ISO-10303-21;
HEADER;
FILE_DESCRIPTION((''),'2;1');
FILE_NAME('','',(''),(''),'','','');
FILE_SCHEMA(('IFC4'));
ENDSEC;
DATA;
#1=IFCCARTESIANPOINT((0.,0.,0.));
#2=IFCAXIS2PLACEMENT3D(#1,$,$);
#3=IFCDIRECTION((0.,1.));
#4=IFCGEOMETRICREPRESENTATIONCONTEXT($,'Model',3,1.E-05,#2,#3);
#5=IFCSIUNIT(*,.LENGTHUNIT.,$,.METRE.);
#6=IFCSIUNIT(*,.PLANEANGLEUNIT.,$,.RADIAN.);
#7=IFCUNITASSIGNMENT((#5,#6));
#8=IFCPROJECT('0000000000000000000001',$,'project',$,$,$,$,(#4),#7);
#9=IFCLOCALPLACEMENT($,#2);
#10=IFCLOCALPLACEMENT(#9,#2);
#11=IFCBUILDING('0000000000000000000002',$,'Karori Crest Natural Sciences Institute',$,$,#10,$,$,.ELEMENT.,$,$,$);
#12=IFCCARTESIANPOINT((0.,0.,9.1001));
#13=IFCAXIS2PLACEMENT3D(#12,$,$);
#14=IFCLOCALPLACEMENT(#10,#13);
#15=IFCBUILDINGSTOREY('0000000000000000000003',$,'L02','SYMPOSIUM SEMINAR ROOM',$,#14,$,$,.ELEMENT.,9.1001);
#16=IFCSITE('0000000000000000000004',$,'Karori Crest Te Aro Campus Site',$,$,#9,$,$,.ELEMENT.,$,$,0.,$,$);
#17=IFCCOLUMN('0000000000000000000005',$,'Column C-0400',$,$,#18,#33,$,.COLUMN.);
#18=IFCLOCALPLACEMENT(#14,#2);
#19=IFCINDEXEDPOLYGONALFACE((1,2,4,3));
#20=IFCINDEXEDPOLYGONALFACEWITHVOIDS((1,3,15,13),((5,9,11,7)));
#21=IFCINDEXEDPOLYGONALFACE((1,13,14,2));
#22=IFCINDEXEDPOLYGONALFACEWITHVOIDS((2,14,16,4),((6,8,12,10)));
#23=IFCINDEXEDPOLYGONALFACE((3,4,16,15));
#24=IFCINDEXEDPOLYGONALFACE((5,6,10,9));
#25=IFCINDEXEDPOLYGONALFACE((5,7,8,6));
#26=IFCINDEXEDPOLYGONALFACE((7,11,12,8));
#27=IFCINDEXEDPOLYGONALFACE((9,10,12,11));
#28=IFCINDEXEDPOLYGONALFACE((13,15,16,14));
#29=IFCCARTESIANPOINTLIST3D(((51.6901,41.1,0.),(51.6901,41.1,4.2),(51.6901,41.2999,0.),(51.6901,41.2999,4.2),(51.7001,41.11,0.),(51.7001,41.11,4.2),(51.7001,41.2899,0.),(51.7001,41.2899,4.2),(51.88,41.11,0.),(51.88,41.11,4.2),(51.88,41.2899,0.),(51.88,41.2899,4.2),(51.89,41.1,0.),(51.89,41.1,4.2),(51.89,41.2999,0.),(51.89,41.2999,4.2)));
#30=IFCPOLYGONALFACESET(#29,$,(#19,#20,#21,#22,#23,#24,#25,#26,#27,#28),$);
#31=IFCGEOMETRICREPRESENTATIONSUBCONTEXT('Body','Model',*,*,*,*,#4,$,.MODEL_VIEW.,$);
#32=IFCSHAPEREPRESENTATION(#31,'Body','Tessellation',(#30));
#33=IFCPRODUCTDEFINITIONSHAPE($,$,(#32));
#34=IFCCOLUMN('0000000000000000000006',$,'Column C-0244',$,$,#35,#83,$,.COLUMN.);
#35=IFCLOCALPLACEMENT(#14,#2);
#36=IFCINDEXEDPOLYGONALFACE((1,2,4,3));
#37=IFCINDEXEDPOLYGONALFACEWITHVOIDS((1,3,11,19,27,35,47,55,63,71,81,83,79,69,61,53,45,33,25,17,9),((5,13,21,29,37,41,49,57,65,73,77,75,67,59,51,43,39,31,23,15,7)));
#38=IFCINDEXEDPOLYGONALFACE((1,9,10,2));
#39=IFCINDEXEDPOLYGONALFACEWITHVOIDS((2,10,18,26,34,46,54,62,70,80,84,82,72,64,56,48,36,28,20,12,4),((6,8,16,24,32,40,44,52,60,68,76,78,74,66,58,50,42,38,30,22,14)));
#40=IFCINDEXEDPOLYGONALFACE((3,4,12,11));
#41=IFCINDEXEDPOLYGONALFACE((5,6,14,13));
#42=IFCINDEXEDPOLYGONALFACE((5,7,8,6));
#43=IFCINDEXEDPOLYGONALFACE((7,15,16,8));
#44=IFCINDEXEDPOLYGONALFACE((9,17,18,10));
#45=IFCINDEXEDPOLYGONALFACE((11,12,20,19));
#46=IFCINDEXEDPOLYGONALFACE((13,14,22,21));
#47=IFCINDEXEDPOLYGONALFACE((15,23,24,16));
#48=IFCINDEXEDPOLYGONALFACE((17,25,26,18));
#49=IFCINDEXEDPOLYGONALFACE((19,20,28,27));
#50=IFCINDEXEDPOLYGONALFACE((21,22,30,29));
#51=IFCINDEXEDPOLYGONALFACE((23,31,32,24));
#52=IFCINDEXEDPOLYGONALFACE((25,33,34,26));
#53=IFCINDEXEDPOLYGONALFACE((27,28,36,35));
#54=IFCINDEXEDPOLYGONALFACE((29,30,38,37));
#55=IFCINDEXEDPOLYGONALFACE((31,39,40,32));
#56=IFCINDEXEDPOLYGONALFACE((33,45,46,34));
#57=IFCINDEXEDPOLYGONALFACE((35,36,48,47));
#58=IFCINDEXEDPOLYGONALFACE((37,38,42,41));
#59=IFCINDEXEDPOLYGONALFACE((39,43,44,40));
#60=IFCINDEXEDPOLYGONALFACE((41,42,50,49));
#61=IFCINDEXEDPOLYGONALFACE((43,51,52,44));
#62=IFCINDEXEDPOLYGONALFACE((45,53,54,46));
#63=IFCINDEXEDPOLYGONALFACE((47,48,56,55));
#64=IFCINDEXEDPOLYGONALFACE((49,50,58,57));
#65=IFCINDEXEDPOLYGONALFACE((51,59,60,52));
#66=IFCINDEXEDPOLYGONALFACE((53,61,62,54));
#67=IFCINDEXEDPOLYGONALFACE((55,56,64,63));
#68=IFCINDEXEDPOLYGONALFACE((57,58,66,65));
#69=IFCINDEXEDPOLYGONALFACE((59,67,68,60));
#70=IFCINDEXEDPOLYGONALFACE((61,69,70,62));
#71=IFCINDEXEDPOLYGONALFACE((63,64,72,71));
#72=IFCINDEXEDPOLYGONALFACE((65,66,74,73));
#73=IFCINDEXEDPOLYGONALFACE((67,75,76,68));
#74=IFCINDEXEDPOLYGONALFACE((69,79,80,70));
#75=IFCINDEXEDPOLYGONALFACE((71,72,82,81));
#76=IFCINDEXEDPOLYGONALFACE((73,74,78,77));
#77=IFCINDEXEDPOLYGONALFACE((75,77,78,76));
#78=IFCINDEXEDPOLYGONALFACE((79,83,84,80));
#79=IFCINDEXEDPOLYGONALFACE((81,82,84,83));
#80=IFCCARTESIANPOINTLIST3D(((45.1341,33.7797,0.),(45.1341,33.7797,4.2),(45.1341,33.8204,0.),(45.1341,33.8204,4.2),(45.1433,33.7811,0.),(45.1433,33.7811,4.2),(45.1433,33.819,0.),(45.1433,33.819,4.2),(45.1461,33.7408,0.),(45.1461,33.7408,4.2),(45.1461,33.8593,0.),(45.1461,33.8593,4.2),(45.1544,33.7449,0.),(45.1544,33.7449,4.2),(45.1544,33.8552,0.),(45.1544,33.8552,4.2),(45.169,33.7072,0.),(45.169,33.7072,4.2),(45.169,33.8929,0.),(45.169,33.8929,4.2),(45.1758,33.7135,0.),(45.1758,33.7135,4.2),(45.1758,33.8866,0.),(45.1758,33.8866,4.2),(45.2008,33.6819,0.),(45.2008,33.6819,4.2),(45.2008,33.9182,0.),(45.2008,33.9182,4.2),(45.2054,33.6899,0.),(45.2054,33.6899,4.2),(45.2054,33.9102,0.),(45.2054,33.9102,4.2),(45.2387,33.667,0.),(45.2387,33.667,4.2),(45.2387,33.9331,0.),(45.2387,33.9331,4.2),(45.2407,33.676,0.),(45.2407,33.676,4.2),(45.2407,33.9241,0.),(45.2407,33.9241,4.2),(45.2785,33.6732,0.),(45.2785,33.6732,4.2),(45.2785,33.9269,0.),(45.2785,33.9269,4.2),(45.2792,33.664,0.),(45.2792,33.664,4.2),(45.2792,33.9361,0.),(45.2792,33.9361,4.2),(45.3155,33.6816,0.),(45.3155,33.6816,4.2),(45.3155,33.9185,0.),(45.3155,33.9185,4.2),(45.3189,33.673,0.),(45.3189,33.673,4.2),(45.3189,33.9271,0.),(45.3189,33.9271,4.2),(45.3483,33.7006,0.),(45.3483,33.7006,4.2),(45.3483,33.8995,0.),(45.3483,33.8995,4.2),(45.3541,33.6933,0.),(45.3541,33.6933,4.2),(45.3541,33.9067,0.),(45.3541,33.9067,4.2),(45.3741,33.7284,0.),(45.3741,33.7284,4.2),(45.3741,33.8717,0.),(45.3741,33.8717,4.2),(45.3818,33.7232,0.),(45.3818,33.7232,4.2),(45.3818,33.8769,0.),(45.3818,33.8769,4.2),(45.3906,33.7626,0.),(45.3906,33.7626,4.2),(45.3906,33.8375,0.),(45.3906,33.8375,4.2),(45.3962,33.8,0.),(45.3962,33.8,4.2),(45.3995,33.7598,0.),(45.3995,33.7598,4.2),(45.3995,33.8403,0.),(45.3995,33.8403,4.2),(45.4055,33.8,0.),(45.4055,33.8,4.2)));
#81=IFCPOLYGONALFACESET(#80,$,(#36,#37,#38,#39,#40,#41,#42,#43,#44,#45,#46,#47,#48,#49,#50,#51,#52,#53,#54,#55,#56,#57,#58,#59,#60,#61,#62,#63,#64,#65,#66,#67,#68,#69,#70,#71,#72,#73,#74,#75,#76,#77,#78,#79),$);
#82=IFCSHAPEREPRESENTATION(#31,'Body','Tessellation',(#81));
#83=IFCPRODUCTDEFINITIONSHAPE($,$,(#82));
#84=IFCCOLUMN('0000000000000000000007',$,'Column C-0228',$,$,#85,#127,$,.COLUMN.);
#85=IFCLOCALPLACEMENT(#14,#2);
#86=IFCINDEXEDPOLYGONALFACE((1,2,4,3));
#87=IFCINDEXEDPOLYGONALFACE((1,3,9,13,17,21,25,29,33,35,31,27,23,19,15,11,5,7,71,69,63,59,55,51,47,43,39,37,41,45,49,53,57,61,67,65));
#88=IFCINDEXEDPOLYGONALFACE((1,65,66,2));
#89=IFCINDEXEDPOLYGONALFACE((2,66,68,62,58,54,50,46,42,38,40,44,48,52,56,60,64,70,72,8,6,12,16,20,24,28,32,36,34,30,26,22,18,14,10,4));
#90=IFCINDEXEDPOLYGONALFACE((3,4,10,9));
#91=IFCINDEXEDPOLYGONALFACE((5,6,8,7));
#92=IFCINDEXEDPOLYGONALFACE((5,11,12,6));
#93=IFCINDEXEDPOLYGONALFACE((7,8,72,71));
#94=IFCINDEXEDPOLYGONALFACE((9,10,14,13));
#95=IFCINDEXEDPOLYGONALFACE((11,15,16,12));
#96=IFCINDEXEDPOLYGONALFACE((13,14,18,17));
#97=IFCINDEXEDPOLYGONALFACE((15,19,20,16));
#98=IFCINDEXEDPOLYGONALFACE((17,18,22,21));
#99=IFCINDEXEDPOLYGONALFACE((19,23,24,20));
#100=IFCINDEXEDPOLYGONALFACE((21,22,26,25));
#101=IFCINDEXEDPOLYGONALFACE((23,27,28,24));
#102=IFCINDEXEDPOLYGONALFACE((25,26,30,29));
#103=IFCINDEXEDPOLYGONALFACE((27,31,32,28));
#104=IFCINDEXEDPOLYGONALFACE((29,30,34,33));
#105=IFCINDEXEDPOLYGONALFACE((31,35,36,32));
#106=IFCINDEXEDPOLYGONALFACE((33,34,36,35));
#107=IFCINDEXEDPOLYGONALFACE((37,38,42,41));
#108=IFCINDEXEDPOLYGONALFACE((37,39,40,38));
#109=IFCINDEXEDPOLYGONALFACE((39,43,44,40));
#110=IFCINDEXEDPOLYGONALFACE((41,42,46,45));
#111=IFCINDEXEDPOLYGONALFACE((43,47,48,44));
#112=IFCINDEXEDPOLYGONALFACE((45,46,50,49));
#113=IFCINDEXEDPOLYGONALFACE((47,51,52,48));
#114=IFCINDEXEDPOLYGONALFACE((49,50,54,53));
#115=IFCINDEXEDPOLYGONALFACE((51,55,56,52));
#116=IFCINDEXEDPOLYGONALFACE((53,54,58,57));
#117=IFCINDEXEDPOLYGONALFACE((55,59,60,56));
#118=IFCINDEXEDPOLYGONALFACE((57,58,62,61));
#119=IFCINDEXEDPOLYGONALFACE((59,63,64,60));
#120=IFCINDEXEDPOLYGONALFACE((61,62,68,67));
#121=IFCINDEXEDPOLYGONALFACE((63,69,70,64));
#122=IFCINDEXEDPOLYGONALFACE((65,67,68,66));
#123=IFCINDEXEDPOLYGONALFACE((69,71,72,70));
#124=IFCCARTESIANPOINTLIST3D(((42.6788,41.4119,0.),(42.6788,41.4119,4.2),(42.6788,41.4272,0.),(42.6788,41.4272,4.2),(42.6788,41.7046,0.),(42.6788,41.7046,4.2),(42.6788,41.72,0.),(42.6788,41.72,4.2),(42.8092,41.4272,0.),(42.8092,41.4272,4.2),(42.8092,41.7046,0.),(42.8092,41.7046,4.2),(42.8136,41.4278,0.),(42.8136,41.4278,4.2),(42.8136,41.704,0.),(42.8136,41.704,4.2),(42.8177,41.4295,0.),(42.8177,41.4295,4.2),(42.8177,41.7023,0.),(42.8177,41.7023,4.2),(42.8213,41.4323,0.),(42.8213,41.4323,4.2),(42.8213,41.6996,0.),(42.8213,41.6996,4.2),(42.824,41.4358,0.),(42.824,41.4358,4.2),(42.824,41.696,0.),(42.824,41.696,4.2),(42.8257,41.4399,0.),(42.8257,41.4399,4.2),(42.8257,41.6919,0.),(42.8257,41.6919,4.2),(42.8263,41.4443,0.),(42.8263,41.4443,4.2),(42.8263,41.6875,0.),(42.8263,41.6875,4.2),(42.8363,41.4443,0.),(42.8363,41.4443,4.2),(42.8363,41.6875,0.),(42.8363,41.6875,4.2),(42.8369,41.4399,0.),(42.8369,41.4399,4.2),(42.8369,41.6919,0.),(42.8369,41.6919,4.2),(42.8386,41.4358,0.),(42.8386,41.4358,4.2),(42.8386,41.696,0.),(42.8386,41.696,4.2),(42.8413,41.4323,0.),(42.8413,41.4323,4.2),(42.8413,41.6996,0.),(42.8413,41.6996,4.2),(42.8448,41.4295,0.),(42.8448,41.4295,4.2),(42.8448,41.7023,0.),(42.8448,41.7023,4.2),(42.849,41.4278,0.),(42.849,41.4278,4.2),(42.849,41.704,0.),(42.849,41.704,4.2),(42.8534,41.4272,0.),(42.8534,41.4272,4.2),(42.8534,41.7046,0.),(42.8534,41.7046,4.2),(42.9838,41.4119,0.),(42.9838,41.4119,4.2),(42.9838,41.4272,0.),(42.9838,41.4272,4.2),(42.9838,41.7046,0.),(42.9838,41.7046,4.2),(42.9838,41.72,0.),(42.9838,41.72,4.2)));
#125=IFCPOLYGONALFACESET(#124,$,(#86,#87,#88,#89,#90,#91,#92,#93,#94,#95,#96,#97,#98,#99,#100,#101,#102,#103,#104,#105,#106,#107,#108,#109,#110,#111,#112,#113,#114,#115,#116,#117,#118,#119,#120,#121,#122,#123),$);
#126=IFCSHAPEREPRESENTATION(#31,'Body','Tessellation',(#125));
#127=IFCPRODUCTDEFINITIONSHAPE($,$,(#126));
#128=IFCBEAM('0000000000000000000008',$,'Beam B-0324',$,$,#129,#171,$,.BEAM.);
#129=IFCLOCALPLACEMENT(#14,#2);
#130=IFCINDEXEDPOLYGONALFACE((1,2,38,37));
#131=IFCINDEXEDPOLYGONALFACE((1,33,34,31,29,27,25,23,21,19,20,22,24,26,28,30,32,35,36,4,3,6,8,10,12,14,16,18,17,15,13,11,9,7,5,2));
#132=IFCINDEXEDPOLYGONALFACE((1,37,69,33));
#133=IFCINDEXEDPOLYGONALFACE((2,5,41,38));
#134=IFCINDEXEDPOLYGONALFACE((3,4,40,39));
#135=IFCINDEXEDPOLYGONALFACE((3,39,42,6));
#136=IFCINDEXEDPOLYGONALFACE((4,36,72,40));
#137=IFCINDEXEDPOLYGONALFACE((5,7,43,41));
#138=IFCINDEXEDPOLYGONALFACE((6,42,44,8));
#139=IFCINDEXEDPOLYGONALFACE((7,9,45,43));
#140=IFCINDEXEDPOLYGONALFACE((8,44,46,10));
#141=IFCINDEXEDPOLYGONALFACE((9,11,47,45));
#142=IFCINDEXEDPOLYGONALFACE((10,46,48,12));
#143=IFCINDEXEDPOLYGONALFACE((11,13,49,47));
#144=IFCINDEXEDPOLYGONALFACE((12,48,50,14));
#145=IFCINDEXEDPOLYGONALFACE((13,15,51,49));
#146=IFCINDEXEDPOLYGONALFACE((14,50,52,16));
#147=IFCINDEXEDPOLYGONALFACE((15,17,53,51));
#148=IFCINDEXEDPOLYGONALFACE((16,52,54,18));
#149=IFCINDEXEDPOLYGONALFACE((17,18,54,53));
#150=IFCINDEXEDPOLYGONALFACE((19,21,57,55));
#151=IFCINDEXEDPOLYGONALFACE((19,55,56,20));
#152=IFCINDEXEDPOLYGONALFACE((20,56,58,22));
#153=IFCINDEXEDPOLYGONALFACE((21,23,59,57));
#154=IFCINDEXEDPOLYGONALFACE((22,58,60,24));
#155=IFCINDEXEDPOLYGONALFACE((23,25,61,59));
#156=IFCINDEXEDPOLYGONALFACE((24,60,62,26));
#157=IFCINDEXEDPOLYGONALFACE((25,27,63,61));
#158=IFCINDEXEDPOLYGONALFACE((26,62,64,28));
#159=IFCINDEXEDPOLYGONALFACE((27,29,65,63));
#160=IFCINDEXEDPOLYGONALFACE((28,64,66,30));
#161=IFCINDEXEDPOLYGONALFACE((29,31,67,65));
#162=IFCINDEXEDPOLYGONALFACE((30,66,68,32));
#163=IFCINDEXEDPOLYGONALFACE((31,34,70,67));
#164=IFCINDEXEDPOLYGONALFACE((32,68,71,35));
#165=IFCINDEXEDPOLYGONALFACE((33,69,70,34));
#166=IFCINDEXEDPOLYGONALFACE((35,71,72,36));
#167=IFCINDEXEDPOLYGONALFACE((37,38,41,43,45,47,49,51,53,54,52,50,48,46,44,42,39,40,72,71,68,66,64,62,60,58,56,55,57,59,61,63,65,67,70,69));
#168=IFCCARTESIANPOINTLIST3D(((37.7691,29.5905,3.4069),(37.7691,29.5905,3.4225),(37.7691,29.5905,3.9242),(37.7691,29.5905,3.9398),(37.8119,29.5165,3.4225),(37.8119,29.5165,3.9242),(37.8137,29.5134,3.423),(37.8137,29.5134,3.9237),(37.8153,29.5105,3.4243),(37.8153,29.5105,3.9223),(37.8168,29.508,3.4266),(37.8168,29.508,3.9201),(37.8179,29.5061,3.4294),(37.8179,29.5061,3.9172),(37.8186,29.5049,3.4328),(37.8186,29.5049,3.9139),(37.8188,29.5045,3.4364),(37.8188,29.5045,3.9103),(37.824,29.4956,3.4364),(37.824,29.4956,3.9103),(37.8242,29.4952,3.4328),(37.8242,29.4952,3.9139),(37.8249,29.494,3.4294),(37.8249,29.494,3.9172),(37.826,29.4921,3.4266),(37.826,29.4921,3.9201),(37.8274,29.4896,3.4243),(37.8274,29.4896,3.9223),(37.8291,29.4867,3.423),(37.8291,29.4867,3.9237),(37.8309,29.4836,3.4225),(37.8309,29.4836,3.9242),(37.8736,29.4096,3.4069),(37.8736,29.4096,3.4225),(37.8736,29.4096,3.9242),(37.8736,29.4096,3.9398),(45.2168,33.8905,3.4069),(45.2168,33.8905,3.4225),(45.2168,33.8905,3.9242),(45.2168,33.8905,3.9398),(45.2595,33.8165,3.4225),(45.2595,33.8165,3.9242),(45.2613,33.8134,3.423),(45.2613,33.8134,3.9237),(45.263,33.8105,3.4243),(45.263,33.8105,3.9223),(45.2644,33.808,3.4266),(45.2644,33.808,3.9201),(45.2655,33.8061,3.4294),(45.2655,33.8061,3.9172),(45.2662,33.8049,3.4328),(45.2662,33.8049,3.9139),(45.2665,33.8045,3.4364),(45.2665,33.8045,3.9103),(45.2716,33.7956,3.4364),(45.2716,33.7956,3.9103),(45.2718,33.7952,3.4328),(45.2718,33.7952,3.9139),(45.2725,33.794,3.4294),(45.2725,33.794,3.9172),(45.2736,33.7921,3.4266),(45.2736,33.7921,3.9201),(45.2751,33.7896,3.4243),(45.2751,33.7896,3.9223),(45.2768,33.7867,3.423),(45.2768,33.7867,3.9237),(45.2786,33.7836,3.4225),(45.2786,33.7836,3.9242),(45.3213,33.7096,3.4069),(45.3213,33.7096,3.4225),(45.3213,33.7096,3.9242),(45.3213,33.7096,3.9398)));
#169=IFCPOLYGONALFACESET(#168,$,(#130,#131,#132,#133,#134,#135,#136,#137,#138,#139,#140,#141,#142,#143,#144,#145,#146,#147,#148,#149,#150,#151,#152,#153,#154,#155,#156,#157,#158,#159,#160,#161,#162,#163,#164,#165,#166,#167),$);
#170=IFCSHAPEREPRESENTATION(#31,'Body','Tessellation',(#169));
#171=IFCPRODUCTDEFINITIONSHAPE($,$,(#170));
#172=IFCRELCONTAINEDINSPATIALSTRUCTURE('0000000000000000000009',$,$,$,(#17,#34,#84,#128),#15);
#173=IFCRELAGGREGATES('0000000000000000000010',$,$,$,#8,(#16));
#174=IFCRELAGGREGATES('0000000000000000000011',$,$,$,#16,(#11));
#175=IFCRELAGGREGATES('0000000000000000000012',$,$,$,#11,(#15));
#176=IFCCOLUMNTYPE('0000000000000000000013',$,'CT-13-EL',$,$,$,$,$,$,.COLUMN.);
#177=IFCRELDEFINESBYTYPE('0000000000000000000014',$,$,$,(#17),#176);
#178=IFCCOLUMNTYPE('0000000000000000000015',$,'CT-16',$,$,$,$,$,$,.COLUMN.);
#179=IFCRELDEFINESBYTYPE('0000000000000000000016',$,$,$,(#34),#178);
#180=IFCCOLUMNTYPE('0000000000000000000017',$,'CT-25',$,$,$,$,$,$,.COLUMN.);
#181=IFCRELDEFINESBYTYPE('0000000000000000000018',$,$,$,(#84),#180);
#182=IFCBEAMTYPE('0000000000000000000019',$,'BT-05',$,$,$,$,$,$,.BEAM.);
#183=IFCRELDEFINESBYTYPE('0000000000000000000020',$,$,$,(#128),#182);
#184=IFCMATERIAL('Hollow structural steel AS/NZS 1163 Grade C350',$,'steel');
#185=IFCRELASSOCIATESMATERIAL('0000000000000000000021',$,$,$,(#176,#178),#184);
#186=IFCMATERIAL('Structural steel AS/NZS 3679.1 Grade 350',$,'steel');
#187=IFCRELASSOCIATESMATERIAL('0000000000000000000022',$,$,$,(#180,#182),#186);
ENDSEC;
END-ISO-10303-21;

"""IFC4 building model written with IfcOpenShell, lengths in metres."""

from ifc_helpers import new_model, si_unit, direction, frame, origin, origin_2d, place, context, subcontext, project, spatial, hollow_rectangle, hollow_circle, i_section, extrude, material, material_profile, profile_set, type_object, element, save


model = new_model("IFC4")

# Units and contexts
model_context = context("Model", 3, precision=1e-05, world=origin(), true_north=direction((0.0, 1.0)))
body_context = subcontext(model_context, "Body", "Model", "MODEL_VIEW")
ifc_project = project(units=[si_unit("LENGTHUNIT", "METRE"), si_unit("PLANEANGLEUNIT", "RADIAN")], contexts=[model_context])

# Site, building, storey
site_placement = place(None, origin())
site = spatial("IfcSite", under=ifc_project, at=site_placement, Name="Karori Crest Te Aro Campus Site", CompositionType="ELEMENT", RefElevation=0.0)
building_placement = place(site_placement, origin())
building = spatial("IfcBuilding", under=site, at=building_placement, Name="Karori Crest Natural Sciences Institute", CompositionType="ELEMENT")
storey_placement = place(building_placement, frame((0.0, 0.0, 9.1001)))
storey = spatial("IfcBuildingStorey", under=building, at=storey_placement, Name="L02", Description="SYMPOSIUM SEMINAR ROOM", CompositionType="ELEMENT", Elevation=9.1001)

# Columns
ifc_material_1 = material(Name="Hollow structural steel AS/NZS 1163 Grade C350", Category="steel")
ifc_material_profile_1 = material_profile(ifc_material_1, hollow_rectangle(XDim=0.2, YDim=0.2, WallThickness=0.01, at=origin_2d()), Name="SHS200x200x10")
ifc_profile_set_1 = profile_set([ifc_material_profile_1], Name="Hollow structural steel AS/NZS 1163 Grade C350")
column_type_1 = type_object("IfcColumnType", Name="CT-13-EL", PredefinedType="COLUMN", material=ifc_profile_set_1)
column_1_placement = place(storey_placement, frame((51.79, 41.2, 0.0), z_axis=(0.0, 0.0, 1.0), x_axis=(1.0, 0.0, 0.0)))
element("IfcColumn", 1, at=column_1_placement, inside=storey, type_object=column_type_1, Name="Column C-0400", PredefinedType="COLUMN", context=body_context, shape_type="SweptSolid", body=[
    extrude(hollow_rectangle(XDim=0.2, YDim=0.2, WallThickness=0.01, at=origin_2d()), origin(), (0.0, 0.0, 1.0), 4.2),
])
ifc_material_profile_2 = material_profile(ifc_material_1, hollow_circle(Radius=0.1365, WallThickness=0.0093, at=origin_2d()), Name="CHS273.0x9.3")
ifc_profile_set_2 = profile_set([ifc_material_profile_2], Name="Hollow structural steel AS/NZS 1163 Grade C350")
column_type_2 = type_object("IfcColumnType", Name="CT-16", PredefinedType="COLUMN", material=ifc_profile_set_2)
column_2_placement = place(storey_placement, frame((45.269, 33.8, 0.0), z_axis=(0.0, 0.0, 1.0), x_axis=(1.0, 0.0, 0.0)))
element("IfcColumn", 2, at=column_2_placement, inside=storey, type_object=column_type_2, Name="Column C-0244", PredefinedType="COLUMN", context=body_context, shape_type="SweptSolid", body=[
    extrude(hollow_circle(Radius=0.1365, WallThickness=0.0093, at=origin_2d()), origin(), (0.0, 0.0, 1.0), 4.2),
])
ifc_material_2 = material(Name="Structural steel AS/NZS 3679.1 Grade 350", Category="steel")
ifc_material_profile_3 = material_profile(ifc_material_2, i_section(OverallWidth=0.3049, OverallDepth=0.3081, WebThickness=0.01, FlangeThickness=0.0154, FilletRadius=0.0171, at=origin_2d()), Name="310UC96.8")
ifc_profile_set_3 = profile_set([ifc_material_profile_3], Name="Structural steel AS/NZS 3679.1 Grade 350")
column_type_3 = type_object("IfcColumnType", Name="CT-25", PredefinedType="COLUMN", material=ifc_profile_set_3)
column_3_placement = place(storey_placement, frame((42.8313, 41.5659, 0.0), z_axis=(0.0, 0.0, 1.0), x_axis=(1.0, 0.0, 0.0)))
element("IfcColumn", 3, at=column_3_placement, inside=storey, type_object=column_type_3, Name="Column C-0228", PredefinedType="COLUMN", context=body_context, shape_type="SweptSolid", body=[
    extrude(i_section(OverallWidth=0.3049, OverallDepth=0.3081, WebThickness=0.01, FlangeThickness=0.0154, FilletRadius=0.0171, at=origin_2d()), origin(), (0.0, 0.0, 1.0), 4.2),
])

# Beam
ifc_material_profile_4 = material_profile(ifc_material_2, i_section(OverallWidth=0.209, OverallDepth=0.533, WebThickness=0.0103, FlangeThickness=0.0156, FilletRadius=0.0139, at=origin_2d()), Name="530UB92.4")
ifc_profile_set_4 = profile_set([ifc_material_profile_4], Name="Structural steel AS/NZS 3679.1 Grade 350")
beam_type_1 = type_object("IfcBeamType", Name="BT-05", PredefinedType="BEAM", material=ifc_profile_set_4)
beam_1_placement = place(storey_placement, frame((45.269, 33.8, 3.6733), z_axis=(-0.866021, -0.500008, 0.0), x_axis=(0.500008, -0.866021, 0.0)))
element("IfcBeam", 4, at=beam_1_placement, inside=storey, type_object=beam_type_1, Name="Beam B-0324", PredefinedType="BEAM", context=body_context, shape_type="SweptSolid", body=[
    extrude(i_section(OverallWidth=0.209, OverallDepth=0.533, WebThickness=0.0103, FlangeThickness=0.0156, FilletRadius=0.0139, at=origin_2d()), origin(), (0.0, 0.0, 1.0), 8.5999),
])

save(model, "model.ifc")
